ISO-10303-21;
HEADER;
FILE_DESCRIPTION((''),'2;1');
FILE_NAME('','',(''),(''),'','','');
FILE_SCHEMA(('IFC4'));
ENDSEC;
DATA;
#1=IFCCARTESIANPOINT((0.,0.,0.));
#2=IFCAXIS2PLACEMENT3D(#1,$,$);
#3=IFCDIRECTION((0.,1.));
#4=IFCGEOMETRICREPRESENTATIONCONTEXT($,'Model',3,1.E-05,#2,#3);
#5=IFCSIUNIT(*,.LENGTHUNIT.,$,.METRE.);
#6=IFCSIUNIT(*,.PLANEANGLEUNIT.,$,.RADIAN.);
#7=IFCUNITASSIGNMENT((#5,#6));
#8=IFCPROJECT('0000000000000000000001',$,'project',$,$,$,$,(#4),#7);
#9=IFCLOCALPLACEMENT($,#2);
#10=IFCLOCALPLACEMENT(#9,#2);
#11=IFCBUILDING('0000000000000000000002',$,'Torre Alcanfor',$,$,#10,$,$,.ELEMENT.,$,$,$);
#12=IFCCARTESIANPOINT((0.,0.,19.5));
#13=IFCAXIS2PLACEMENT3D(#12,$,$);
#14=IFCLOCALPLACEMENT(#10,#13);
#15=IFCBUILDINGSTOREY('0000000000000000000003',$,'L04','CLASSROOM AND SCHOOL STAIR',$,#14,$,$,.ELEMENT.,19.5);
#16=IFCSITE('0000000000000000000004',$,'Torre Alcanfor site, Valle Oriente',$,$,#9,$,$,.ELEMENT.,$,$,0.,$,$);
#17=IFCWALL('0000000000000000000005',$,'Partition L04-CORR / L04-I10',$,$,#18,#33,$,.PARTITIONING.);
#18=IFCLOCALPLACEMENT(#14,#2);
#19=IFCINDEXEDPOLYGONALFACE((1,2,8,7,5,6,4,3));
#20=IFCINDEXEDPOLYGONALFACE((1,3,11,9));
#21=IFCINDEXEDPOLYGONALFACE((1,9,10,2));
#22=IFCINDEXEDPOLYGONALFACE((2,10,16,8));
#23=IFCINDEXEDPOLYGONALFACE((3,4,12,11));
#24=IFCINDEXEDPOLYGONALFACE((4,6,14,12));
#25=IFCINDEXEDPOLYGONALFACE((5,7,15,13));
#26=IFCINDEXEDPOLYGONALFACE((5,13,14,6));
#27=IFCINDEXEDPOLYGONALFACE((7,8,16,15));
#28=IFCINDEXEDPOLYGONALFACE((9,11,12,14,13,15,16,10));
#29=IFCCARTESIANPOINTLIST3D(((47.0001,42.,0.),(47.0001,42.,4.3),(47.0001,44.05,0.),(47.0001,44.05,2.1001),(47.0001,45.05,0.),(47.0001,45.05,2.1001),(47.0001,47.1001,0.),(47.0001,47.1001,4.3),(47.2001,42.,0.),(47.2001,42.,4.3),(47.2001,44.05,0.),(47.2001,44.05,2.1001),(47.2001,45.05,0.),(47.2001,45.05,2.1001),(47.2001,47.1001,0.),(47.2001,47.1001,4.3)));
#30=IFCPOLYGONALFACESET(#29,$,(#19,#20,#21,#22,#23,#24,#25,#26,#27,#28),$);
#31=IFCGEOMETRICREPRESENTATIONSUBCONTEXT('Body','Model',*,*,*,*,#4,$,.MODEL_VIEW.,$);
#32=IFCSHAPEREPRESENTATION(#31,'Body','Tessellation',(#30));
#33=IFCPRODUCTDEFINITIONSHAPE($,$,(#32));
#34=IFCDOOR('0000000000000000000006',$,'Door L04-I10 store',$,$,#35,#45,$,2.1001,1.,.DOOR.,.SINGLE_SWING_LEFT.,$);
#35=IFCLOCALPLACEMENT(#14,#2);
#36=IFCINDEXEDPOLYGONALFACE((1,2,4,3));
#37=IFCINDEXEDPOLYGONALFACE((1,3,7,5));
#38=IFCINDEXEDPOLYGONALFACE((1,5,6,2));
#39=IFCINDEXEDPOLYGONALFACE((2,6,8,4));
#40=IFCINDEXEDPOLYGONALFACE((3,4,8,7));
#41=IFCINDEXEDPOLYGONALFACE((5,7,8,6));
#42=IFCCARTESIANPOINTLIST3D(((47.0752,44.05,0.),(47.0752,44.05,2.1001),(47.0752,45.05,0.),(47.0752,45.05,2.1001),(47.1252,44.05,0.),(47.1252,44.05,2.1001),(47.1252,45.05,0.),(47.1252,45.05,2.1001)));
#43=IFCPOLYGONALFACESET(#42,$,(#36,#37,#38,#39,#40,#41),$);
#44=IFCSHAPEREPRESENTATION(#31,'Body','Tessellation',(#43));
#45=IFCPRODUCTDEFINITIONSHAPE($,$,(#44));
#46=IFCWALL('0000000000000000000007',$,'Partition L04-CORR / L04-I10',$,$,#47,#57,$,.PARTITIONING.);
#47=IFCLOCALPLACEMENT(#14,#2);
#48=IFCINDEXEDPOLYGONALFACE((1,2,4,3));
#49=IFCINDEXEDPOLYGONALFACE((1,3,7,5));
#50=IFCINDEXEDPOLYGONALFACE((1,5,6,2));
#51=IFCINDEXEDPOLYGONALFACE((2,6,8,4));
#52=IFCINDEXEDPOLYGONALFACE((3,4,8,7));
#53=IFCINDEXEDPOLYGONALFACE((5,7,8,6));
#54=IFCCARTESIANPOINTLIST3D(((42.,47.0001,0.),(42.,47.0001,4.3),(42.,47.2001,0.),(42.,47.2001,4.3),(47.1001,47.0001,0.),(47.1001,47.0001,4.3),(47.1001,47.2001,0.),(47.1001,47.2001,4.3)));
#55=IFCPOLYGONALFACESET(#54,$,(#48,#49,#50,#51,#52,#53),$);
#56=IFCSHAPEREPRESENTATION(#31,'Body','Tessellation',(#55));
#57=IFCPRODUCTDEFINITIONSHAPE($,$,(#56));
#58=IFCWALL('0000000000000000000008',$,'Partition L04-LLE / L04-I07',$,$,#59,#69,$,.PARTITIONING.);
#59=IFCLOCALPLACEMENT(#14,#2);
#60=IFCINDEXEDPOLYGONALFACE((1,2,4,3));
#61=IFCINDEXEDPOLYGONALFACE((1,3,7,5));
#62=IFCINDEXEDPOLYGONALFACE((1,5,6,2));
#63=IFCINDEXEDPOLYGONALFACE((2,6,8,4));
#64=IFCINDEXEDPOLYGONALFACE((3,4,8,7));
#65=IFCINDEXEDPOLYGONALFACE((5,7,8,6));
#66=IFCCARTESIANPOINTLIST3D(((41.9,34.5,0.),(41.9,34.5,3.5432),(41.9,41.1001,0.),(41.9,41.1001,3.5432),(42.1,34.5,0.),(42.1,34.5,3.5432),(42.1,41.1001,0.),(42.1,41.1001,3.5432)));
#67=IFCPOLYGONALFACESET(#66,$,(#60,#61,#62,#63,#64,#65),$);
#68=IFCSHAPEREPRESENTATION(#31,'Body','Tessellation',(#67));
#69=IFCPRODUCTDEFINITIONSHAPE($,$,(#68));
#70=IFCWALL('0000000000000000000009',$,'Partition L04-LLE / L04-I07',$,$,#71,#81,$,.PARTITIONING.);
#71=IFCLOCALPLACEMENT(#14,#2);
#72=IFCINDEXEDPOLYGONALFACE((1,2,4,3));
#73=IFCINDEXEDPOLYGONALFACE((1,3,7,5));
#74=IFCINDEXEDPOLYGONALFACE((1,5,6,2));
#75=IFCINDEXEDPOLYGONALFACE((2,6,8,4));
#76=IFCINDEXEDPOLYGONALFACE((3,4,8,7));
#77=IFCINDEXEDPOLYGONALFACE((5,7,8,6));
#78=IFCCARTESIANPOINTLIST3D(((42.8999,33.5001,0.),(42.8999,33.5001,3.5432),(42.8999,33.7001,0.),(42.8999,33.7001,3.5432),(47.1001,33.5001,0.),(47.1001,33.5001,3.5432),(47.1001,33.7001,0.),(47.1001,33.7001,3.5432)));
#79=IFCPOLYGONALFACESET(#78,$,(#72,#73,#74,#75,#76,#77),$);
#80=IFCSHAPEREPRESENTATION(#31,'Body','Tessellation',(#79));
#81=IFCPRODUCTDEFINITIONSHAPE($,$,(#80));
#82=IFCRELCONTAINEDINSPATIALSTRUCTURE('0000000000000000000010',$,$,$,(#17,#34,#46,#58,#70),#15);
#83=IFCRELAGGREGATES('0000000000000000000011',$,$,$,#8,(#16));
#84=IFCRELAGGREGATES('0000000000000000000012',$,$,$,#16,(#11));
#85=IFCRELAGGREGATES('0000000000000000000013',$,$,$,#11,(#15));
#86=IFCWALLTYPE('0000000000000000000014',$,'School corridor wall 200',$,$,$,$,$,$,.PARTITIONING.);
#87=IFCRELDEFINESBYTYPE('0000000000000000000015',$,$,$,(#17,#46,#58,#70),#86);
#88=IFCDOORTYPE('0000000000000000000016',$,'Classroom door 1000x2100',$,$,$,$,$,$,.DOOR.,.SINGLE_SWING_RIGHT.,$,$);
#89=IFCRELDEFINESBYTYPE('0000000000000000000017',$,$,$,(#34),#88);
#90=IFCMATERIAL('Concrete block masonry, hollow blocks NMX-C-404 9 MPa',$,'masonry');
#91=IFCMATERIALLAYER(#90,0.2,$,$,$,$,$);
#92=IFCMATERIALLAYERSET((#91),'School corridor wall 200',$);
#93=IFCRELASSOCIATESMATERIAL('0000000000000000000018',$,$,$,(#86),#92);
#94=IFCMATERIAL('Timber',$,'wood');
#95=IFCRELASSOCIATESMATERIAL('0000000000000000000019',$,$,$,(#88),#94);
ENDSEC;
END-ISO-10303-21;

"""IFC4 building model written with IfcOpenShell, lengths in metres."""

from ifc_helpers import new_model, si_unit, direction, frame, frame_2d, origin, place, context, subcontext, project, spatial, rectangle, extrude, material, layer, layer_set, type_object, element, fill, save


model = new_model("IFC4")

# Units and contexts
model_context = context("Model", 3, precision=1e-05, world=origin(), true_north=direction((0.0, 1.0)))
body_context = subcontext(model_context, "Body", "Model", "MODEL_VIEW")
ifc_project = project(units=[si_unit("LENGTHUNIT", "METRE"), si_unit("PLANEANGLEUNIT", "RADIAN")], contexts=[model_context])

# Site, building, storey
site_placement = place(None, origin())
site = spatial("IfcSite", under=ifc_project, at=site_placement, Name="Torre Alcanfor site, Valle Oriente", CompositionType="ELEMENT", RefElevation=0.0)
building_placement = place(site_placement, origin())
building = spatial("IfcBuilding", under=site, at=building_placement, Name="Torre Alcanfor", CompositionType="ELEMENT")
storey_placement = place(building_placement, frame((0.0, 0.0, 19.5)))
storey = spatial("IfcBuildingStorey", under=building, at=storey_placement, Name="L04", Description="CLASSROOM AND SCHOOL STAIR", CompositionType="ELEMENT", Elevation=19.5)

# Wall, opening, door
ifc_material_1 = material(Name="Concrete block masonry, hollow blocks NMX-C-404 9 MPa", Category="masonry")
ifc_layer_1 = layer(ifc_material_1, 0.2)
ifc_layer_set_1 = layer_set([ifc_layer_1], Name="School corridor wall 200")
wall_type_1 = type_object("IfcWallType", Name="School corridor wall 200", PredefinedType="PARTITIONING", material=ifc_layer_set_1)
ifc_material_2 = material(Name="Timber", Category="wood")
door_type = type_object("IfcDoorType", Name="Classroom door 1000x2100", OperationType="SINGLE_SWING_RIGHT", PredefinedType="DOOR", material=ifc_material_2)
wall_1_placement = place(storey_placement, frame((47.1001, 42.0, 0.0), z_axis=(0.0, 0.0, 1.0), x_axis=(0.0, 1.0, 0.0)))
wall_1 = element("IfcWall", 1, at=wall_1_placement, inside=storey, type_object=wall_type_1, Name="Partition L04-CORR / L04-I10", PredefinedType="PARTITIONING", context=body_context, shape_type="SweptSolid", body=[
    extrude(rectangle(XDim=5.1001, YDim=0.2, at=frame_2d((2.55, 0.0))), origin(), (0.0, 0.0, 1.0), 4.3),
])
opening_1_placement = place(wall_1_placement, frame((2.05, 0.0, 0.0)))
opening_1 = element("IfcOpeningElement", 2, at=opening_1_placement, cuts=wall_1, PredefinedType="OPENING", context=body_context, shape_type="SweptSolid", body=[
    extrude(rectangle(XDim=1.0, YDim=2.1001, at=frame_2d((0.5, 1.05))), frame((0.0, 0.1099, 0.0), z_axis=(0.0, -1.0, 0.0), x_axis=(1.0, 0.0, 0.0)), (0.0, 0.0, 1.0), 0.22),
])
door_1_placement = place(opening_1_placement, origin())
door_1 = element("IfcDoor", 3, at=door_1_placement, inside=storey, type_object=door_type, Name="Door L04-I10 store", OperationType="SINGLE_SWING_LEFT", OverallHeight=2.1001, OverallWidth=1.0, PredefinedType="DOOR", context=body_context, shape_type="SweptSolid", body=[
    extrude(rectangle(XDim=1.0, YDim=2.1001, at=frame_2d((0.5, 1.05))), frame((0.0, 0.0249, 0.0), z_axis=(0.0, -1.0, 0.0), x_axis=(1.0, 0.0, 0.0)), (0.0, 0.0, 1.0), 0.05),
])
fill(opening_1, door_1)

# Walls
wall_2_placement = place(storey_placement, frame((47.1001, 47.1001, 0.0), z_axis=(0.0, 0.0, 1.0), x_axis=(-1.0, 0.0, 0.0)))
element("IfcWall", 4, at=wall_2_placement, inside=storey, type_object=wall_type_1, Name="Partition L04-CORR / L04-I10", PredefinedType="PARTITIONING", context=body_context, shape_type="SweptSolid", body=[
    extrude(rectangle(XDim=5.1001, YDim=0.2, at=frame_2d((2.55, 0.0))), origin(), (0.0, 0.0, 1.0), 4.3),
])
wall_3_placement = place(storey_placement, frame((42.0, 41.1001, 0.0), z_axis=(0.0, 0.0, 1.0), x_axis=(0.0, -1.0, 0.0)))
element("IfcWall", 5, at=wall_3_placement, inside=storey, type_object=wall_type_1, Name="Partition L04-LLE / L04-I07", PredefinedType="PARTITIONING", context=body_context, shape_type="SweptSolid", body=[
    extrude(rectangle(XDim=6.6001, YDim=0.2, at=frame_2d((3.3, 0.0))), origin(), (0.0, 0.0, 1.0), 3.5432),
])
wall_4_placement = place(storey_placement, frame((42.8999, 33.6001, 0.0), z_axis=(0.0, 0.0, 1.0), x_axis=(1.0, 0.0, 0.0)))
element("IfcWall", 6, at=wall_4_placement, inside=storey, type_object=wall_type_1, Name="Partition L04-LLE / L04-I07", PredefinedType="PARTITIONING", context=body_context, shape_type="SweptSolid", body=[
    extrude(rectangle(XDim=4.2002, YDim=0.2, at=frame_2d((2.1001, 0.0))), origin(), (0.0, 0.0, 1.0), 3.5432),
])

save(model, "model.ifc")
